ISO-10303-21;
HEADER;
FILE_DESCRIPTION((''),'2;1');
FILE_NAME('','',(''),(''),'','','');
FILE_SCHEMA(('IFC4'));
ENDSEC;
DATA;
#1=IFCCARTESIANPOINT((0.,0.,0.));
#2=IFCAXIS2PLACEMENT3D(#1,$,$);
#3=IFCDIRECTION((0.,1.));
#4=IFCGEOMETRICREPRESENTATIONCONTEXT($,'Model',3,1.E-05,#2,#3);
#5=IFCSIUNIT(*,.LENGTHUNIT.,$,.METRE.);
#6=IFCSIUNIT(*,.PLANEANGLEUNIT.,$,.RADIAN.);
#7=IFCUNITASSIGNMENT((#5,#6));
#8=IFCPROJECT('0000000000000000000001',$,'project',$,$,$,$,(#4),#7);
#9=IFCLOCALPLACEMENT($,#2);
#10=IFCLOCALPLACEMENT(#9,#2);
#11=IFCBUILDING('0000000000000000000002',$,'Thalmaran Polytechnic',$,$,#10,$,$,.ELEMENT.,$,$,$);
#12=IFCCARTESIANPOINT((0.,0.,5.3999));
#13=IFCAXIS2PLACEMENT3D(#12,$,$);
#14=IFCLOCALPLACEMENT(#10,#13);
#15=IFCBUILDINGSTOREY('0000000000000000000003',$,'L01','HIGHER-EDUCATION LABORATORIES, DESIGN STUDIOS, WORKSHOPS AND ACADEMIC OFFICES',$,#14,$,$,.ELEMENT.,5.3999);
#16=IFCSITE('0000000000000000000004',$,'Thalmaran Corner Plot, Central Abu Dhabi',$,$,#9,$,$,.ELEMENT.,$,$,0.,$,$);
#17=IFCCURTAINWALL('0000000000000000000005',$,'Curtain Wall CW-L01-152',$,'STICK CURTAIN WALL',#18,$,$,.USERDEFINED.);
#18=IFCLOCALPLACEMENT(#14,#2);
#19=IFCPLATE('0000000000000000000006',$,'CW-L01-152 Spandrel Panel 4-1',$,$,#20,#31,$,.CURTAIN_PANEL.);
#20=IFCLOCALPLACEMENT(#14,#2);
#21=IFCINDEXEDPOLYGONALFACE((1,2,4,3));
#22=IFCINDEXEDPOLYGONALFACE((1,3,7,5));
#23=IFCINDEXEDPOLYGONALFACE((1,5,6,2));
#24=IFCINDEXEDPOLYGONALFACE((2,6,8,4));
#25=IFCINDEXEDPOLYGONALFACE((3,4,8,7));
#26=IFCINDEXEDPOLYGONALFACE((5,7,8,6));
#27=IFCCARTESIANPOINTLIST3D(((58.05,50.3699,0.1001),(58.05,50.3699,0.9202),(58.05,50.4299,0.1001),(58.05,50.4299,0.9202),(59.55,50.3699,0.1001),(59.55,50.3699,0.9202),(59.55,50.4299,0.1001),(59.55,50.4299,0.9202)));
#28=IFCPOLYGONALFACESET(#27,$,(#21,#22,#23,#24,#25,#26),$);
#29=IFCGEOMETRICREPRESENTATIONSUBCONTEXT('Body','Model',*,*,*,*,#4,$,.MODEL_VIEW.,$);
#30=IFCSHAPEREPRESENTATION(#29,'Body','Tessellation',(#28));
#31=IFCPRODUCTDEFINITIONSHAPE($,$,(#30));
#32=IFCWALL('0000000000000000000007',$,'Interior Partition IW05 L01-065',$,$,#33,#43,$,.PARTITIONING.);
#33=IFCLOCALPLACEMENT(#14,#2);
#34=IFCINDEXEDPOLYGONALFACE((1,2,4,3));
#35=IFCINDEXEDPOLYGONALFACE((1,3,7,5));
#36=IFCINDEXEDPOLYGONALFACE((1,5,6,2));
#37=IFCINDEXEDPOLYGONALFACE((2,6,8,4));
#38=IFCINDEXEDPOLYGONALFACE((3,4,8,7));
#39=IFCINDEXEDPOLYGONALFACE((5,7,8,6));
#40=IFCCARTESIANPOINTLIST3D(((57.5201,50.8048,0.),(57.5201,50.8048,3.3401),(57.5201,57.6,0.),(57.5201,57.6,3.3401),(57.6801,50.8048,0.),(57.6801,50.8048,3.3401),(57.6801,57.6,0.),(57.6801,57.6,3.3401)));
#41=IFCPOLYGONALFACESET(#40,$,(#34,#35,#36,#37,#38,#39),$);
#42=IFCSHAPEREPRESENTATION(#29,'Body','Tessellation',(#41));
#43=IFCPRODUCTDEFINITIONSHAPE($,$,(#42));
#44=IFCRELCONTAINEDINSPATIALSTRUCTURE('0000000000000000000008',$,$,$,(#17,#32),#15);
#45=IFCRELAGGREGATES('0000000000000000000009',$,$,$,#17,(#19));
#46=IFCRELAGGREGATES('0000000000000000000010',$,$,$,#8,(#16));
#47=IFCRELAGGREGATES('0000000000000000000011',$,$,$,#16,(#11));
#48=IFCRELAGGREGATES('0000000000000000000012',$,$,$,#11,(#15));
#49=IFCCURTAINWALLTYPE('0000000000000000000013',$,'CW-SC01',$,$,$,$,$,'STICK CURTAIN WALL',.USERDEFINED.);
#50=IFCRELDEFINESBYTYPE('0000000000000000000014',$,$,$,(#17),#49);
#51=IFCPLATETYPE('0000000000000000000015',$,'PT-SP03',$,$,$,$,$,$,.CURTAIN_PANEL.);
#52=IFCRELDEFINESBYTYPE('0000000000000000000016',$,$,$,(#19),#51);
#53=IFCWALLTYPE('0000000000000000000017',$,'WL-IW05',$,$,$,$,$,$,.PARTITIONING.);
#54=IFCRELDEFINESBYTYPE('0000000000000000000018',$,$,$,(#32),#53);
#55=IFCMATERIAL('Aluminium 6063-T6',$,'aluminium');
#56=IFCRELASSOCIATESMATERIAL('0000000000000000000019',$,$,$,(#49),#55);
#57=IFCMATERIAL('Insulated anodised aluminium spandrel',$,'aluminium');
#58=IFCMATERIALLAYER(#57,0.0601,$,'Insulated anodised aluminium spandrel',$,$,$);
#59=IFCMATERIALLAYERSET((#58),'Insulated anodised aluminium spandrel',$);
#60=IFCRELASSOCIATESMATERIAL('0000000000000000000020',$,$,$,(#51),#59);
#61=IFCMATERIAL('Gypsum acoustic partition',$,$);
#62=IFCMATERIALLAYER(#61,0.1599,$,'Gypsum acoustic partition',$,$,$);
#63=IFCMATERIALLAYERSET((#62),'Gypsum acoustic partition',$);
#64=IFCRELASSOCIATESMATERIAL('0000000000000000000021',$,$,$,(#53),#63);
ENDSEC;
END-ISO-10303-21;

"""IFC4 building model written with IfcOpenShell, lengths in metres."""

from ifc_helpers import new_model, si_unit, direction, frame, frame_2d, origin, origin_2d, place, context, subcontext, project, spatial, rectangle, extrude, material, layer, layer_set, type_object, element, aggregate, save


model = new_model("IFC4")

# Units and contexts
model_context = context("Model", 3, precision=1e-05, world=origin(), true_north=direction((0.0, 1.0)))
body_context = subcontext(model_context, "Body", "Model", "MODEL_VIEW")
ifc_project = project(units=[si_unit("LENGTHUNIT", "METRE"), si_unit("PLANEANGLEUNIT", "RADIAN")], contexts=[model_context])

# Site, building, storey
site_placement = place(None, origin())
site = spatial("IfcSite", under=ifc_project, at=site_placement, Name="Thalmaran Corner Plot, Central Abu Dhabi", CompositionType="ELEMENT", RefElevation=0.0)
building_placement = place(site_placement, origin())
building = spatial("IfcBuilding", under=site, at=building_placement, Name="Thalmaran Polytechnic", CompositionType="ELEMENT")
storey_placement = place(building_placement, frame((0.0, 0.0, 5.3999)))
storey = spatial("IfcBuildingStorey", under=building, at=storey_placement, Name="L01", Description="HIGHER-EDUCATION LABORATORIES, DESIGN STUDIOS, WORKSHOPS AND ACADEMIC OFFICES", CompositionType="ELEMENT", Elevation=5.3999)

# Curtain wall
ifc_material_1 = material(Name="Aluminium 6063-T6", Category="aluminium")
curtain_wall_type = type_object("IfcCurtainWallType", Name="CW-SC01", ElementType="STICK CURTAIN WALL", PredefinedType="USERDEFINED", material=ifc_material_1)
curtain_wall_1_placement = place(storey_placement, origin())
curtain_wall_1 = element("IfcCurtainWall", 1, at=curtain_wall_1_placement, inside=storey, type_object=curtain_wall_type, Name="Curtain Wall CW-L01-152", ObjectType="STICK CURTAIN WALL", PredefinedType="USERDEFINED")

# Plate
ifc_material_2 = material(Name="Insulated anodised aluminium spandrel", Category="aluminium")
ifc_layer_1 = layer(ifc_material_2, 0.0601, Name="Insulated anodised aluminium spandrel")
ifc_layer_set_1 = layer_set([ifc_layer_1], Name="Insulated anodised aluminium spandrel")
plate_type_1 = type_object("IfcPlateType", Name="PT-SP03", PredefinedType="CURTAIN_PANEL", material=ifc_layer_set_1)
plate_1_placement = place(storey_placement, frame((58.8, 50.3999, 0.1001), z_axis=(0.0, 0.0, 1.0), x_axis=(-1.0, 0.0, 0.0)))
plate_1 = element("IfcPlate", 2, at=plate_1_placement, type_object=plate_type_1, Name="CW-L01-152 Spandrel Panel 4-1", PredefinedType="CURTAIN_PANEL", context=body_context, shape_type="SweptSolid", body=[
    extrude(rectangle(XDim=1.5, YDim=0.0601, at=origin_2d()), origin(), (0.0, 0.0, 1.0), 0.8201),
])
aggregate(curtain_wall_1, [plate_1])

# Wall
ifc_material_3 = material(Name="Gypsum acoustic partition")
ifc_layer_2 = layer(ifc_material_3, 0.1599, Name="Gypsum acoustic partition")
ifc_layer_set_2 = layer_set([ifc_layer_2], Name="Gypsum acoustic partition")
wall_type = type_object("IfcWallType", Name="WL-IW05", PredefinedType="PARTITIONING", material=ifc_layer_set_2)
wall_placement = place(storey_placement, frame((57.6001, 50.8049, 0.0), z_axis=(0.0, 0.0, 1.0), x_axis=(0.0, 1.0, 0.0)))
element("IfcWall", 3, at=wall_placement, inside=storey, type_object=wall_type, Name="Interior Partition IW05 L01-065", PredefinedType="PARTITIONING", context=body_context, shape_type="SweptSolid", body=[
    extrude(rectangle(XDim=6.7952, YDim=0.1599, at=frame_2d((3.3975, 0.0))), origin(), (0.0, 0.0, 1.0), 3.3401),
])

save(model, "model.ifc")
